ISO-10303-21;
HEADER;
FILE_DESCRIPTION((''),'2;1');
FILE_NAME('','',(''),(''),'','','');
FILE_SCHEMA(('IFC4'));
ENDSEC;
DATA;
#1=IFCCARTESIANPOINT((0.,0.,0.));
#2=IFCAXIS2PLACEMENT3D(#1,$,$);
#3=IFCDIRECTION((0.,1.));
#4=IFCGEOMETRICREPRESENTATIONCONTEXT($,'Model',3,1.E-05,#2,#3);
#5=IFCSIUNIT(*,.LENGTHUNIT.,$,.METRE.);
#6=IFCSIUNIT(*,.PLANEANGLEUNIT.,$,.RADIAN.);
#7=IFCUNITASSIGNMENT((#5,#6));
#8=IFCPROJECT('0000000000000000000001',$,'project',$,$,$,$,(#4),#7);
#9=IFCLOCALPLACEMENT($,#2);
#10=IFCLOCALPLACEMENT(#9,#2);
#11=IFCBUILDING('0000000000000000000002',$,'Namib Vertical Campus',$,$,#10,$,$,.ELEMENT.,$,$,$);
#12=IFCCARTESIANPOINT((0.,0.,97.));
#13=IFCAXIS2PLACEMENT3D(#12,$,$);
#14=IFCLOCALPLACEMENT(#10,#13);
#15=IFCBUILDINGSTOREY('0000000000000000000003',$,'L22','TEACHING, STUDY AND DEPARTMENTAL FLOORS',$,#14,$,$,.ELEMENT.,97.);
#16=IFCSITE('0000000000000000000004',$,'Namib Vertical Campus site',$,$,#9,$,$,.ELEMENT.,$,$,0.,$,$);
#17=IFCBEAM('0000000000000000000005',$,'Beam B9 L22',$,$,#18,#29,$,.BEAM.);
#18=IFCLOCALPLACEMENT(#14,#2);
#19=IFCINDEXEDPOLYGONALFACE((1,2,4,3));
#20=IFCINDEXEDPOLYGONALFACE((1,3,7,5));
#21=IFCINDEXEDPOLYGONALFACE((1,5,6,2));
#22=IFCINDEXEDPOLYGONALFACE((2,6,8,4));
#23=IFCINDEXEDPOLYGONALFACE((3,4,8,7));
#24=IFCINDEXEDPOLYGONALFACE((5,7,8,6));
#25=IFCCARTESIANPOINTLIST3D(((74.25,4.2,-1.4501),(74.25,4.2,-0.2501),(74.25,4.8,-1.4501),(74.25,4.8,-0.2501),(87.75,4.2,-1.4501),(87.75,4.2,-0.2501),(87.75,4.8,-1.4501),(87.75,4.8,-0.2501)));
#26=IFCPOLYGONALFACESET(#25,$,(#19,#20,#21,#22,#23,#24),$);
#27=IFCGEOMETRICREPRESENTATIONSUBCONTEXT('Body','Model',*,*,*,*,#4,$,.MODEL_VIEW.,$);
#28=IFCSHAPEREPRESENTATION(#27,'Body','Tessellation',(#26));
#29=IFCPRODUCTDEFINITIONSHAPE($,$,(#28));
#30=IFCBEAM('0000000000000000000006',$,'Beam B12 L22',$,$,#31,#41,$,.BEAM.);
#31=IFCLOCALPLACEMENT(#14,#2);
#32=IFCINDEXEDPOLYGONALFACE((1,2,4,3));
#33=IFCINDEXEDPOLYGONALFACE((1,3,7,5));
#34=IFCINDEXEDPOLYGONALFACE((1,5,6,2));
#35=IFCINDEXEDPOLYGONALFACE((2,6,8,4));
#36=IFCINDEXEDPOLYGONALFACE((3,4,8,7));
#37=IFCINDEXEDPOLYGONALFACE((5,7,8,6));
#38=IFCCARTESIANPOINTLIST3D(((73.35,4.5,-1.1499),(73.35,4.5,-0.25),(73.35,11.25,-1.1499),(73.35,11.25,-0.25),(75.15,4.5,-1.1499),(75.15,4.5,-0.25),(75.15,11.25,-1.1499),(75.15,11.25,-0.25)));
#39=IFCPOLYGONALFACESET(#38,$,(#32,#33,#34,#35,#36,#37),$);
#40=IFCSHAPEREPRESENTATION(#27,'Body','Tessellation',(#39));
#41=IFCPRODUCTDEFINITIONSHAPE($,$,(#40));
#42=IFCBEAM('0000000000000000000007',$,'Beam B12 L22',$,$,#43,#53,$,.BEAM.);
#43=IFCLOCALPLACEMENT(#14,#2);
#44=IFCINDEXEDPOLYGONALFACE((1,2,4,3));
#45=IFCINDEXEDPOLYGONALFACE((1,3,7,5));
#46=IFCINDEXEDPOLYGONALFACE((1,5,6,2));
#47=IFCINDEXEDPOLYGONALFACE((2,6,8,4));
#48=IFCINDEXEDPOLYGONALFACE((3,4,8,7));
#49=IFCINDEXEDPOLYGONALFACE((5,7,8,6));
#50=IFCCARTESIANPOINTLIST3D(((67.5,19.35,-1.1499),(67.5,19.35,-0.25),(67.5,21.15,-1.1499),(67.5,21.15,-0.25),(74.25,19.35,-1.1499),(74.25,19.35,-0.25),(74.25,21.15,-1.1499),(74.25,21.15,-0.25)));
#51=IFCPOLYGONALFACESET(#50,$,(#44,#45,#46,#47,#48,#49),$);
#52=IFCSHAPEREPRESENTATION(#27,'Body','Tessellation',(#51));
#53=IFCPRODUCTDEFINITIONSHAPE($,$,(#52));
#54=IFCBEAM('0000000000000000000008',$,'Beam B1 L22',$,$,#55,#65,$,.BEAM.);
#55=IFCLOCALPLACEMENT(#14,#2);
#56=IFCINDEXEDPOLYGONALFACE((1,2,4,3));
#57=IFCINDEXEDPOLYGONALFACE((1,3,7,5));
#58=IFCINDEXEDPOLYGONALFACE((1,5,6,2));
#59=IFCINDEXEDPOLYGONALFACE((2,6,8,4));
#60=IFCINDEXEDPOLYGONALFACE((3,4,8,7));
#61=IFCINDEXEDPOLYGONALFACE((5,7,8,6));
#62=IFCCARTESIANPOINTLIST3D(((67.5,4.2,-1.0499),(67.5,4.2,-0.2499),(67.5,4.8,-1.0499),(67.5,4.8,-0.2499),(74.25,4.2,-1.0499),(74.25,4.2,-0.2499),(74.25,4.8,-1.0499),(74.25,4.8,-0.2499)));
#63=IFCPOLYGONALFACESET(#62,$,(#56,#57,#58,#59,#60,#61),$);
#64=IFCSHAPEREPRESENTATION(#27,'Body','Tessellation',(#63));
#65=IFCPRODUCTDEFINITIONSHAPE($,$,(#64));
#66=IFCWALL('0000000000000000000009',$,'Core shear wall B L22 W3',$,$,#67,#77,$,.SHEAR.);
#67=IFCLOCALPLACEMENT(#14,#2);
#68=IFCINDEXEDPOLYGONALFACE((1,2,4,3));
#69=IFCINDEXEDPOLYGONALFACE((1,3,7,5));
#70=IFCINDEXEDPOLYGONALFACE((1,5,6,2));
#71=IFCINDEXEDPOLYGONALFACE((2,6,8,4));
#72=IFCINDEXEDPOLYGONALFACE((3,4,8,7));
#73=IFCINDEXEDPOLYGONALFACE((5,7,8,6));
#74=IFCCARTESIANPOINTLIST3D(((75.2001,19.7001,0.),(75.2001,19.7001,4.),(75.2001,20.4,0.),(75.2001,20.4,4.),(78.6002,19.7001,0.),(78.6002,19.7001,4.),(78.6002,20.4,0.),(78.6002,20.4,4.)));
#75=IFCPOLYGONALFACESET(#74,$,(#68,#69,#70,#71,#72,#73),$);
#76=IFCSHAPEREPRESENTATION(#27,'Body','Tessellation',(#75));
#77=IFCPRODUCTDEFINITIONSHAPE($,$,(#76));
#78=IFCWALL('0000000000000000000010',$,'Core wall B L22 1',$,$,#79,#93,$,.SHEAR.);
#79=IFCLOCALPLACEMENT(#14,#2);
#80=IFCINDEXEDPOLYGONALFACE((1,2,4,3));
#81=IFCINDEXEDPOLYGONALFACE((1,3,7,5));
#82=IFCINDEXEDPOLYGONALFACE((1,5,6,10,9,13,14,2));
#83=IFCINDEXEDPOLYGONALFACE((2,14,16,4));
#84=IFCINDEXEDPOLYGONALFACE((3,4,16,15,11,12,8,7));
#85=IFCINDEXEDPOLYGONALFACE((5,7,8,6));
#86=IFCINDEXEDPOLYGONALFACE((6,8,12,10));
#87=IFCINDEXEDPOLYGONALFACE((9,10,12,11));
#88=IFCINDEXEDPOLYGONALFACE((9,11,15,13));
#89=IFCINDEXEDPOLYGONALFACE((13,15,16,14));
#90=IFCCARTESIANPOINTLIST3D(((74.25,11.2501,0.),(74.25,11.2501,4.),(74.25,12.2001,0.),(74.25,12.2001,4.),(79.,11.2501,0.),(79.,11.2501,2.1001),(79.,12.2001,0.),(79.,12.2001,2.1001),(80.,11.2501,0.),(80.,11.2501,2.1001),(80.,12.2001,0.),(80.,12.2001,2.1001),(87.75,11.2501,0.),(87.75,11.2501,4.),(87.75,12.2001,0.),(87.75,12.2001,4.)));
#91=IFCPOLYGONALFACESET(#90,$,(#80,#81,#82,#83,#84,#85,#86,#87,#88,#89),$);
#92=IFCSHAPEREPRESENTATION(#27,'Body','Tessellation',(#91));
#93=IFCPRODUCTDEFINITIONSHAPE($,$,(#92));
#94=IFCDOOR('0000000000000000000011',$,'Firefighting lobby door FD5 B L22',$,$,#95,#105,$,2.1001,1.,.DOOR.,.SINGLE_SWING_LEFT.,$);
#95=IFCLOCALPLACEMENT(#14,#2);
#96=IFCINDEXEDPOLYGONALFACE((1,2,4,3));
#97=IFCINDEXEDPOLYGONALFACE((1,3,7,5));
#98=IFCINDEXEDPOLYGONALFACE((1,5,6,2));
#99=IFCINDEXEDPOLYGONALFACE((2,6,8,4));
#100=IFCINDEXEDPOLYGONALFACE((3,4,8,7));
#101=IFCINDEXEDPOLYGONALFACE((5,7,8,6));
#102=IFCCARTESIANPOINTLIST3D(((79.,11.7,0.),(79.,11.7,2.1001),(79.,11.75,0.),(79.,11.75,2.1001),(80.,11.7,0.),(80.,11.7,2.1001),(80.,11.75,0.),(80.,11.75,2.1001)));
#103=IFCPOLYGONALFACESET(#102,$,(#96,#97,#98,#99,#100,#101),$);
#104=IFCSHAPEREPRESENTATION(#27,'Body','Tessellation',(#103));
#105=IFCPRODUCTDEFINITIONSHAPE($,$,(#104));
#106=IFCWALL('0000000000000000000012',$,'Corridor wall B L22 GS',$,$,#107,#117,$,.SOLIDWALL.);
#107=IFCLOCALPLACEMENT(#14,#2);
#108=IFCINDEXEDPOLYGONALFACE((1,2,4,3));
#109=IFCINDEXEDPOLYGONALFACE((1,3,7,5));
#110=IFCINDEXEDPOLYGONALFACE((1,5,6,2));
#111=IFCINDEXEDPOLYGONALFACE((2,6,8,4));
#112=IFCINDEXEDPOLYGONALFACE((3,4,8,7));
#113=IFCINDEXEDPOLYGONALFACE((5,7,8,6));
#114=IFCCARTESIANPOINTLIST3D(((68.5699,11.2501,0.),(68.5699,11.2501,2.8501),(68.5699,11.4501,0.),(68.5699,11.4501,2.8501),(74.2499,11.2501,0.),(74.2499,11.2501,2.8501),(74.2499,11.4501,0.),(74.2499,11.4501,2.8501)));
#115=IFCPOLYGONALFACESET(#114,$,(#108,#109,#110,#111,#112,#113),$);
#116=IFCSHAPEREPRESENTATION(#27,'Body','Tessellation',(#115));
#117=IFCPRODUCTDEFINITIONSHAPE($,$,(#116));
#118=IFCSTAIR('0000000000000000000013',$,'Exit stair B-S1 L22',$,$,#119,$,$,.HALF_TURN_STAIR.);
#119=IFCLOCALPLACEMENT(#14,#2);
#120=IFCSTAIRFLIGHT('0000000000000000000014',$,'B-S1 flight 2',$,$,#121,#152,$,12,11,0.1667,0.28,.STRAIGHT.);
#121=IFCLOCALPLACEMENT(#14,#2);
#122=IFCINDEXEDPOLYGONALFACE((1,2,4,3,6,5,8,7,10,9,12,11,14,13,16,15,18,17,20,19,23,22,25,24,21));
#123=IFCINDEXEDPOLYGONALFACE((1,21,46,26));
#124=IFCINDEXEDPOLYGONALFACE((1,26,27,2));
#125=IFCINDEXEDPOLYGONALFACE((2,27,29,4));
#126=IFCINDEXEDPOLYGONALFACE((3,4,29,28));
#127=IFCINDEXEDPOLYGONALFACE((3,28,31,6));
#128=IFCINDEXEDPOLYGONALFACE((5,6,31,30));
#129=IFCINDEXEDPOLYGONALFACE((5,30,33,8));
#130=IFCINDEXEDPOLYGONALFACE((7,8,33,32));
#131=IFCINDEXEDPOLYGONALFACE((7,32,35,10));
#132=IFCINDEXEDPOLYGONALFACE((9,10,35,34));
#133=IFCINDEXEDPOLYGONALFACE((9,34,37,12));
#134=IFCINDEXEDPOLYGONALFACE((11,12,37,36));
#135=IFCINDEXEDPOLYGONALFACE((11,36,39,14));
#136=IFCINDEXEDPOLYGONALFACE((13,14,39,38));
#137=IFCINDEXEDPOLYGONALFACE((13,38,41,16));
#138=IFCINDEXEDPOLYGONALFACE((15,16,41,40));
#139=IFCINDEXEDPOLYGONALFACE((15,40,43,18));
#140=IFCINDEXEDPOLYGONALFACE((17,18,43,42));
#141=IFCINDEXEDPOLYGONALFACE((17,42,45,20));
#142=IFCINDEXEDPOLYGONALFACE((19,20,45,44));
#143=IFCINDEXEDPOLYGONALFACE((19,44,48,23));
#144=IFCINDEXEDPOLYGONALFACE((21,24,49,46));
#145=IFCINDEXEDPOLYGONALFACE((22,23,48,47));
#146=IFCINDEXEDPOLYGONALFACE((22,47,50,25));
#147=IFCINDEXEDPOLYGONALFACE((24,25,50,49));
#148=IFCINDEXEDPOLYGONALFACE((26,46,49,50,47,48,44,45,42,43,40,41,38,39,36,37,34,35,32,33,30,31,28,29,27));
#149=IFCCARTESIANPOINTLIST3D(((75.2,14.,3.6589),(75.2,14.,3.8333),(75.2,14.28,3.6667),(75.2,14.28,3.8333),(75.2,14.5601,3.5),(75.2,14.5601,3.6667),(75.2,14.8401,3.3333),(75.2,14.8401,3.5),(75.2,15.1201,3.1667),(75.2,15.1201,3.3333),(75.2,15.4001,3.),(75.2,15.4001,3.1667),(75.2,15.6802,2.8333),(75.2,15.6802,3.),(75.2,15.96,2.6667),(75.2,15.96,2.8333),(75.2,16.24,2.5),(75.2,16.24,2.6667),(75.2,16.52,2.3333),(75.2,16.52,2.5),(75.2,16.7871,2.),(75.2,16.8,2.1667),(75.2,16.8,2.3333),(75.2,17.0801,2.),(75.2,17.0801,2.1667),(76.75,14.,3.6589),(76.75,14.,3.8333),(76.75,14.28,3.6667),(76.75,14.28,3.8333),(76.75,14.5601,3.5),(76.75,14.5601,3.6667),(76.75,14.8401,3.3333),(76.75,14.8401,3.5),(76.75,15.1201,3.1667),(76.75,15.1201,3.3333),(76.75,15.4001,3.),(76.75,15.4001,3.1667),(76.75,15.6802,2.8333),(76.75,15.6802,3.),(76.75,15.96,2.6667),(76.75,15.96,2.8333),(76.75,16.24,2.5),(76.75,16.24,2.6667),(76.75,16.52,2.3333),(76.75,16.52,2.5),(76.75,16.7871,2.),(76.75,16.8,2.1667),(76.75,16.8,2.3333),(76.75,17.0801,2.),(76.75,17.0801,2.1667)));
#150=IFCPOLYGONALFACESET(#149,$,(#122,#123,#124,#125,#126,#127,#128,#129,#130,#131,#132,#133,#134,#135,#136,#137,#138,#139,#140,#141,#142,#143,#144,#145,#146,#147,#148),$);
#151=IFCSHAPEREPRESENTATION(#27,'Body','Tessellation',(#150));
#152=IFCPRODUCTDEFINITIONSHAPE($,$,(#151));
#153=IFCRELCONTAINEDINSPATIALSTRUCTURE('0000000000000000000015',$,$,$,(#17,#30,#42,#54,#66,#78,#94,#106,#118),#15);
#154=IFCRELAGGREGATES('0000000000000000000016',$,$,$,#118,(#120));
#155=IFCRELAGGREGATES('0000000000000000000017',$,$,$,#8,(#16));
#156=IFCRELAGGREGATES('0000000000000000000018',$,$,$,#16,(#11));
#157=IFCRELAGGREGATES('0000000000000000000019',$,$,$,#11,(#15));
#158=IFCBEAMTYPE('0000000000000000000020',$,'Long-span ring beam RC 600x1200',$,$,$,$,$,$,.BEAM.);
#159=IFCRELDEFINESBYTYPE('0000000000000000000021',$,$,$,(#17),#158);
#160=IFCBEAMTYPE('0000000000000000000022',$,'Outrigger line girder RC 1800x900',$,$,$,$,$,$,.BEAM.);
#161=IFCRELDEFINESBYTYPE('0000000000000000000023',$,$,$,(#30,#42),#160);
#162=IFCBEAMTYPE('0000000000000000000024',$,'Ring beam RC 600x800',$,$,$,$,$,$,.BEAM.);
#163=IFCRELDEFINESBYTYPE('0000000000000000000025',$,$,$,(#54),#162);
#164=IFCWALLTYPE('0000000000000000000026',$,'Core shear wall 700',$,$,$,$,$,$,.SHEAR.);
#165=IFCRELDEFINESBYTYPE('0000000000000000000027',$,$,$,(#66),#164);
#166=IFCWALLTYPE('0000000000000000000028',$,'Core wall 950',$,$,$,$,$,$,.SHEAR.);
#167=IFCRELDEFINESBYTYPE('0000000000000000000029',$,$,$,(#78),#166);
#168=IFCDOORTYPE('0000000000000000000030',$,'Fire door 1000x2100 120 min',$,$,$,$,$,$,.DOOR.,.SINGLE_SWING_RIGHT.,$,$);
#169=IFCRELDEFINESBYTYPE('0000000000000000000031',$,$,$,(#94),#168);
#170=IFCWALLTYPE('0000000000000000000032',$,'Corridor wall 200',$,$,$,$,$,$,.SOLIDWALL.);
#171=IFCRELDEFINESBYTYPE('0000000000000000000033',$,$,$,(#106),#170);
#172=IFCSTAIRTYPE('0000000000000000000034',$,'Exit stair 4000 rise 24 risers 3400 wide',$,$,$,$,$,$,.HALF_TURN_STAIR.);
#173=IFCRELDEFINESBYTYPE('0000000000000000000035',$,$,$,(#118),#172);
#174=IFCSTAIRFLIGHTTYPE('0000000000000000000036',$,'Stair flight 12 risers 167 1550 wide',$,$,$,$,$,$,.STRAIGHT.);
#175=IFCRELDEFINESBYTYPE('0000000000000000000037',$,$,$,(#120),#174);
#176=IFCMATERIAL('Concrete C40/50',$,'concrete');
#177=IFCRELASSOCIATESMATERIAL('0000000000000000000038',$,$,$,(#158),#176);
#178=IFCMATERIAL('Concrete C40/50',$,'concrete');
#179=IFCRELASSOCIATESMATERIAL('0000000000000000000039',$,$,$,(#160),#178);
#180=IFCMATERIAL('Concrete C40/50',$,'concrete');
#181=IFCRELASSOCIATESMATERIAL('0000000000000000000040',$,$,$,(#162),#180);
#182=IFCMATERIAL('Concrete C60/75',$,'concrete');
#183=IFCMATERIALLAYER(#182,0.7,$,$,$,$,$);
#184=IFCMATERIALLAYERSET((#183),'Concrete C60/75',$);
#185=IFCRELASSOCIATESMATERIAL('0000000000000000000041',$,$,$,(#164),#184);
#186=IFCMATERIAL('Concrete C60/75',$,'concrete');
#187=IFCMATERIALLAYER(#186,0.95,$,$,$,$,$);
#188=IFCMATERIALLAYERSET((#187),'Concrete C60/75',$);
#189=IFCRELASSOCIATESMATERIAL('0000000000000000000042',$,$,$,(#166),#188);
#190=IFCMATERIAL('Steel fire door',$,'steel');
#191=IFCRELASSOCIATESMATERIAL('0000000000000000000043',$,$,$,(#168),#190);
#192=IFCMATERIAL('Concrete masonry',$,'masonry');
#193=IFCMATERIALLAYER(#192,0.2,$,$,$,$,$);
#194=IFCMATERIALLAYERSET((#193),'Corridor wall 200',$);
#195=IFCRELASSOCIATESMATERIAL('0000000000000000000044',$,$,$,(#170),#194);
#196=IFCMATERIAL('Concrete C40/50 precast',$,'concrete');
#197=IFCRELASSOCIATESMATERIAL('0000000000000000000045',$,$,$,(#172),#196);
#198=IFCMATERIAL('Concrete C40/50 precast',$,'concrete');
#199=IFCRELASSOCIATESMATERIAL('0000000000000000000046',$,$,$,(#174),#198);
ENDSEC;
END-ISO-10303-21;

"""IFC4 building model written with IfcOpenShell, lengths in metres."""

from ifc_helpers import new_model, si_unit, direction, frame, frame_2d, origin, origin_2d, place, context, subcontext, project, spatial, polyline, rectangle, outline, extrude, material, layer, layer_set, material_profile, profile_set, type_object, element, fill, aggregate, save


model = new_model("IFC4")

# Units and contexts
model_context = context("Model", 3, precision=1e-05, world=origin(), true_north=direction((0.0, 1.0)))
body_context = subcontext(model_context, "Body", "Model", "MODEL_VIEW")
ifc_project = project(units=[si_unit("LENGTHUNIT", "METRE"), si_unit("PLANEANGLEUNIT", "RADIAN")], contexts=[model_context])

# Site, building, storey
site_placement = place(None, origin())
site = spatial("IfcSite", under=ifc_project, at=site_placement, Name="Namib Vertical Campus site", CompositionType="ELEMENT", RefElevation=0.0)
building_placement = place(site_placement, origin())
building = spatial("IfcBuilding", under=site, at=building_placement, Name="Namib Vertical Campus", CompositionType="ELEMENT")
storey_placement = place(building_placement, frame((0.0, 0.0, 97.0)))
storey = spatial("IfcBuildingStorey", under=building, at=storey_placement, Name="L22", Description="TEACHING, STUDY AND DEPARTMENTAL FLOORS", CompositionType="ELEMENT", Elevation=97.0)

# Beams
ifc_material_1 = material(Name="Concrete C40/50", Category="concrete")
ifc_material_profile_1 = material_profile(ifc_material_1, rectangle(XDim=0.6001, YDim=1.2, at=origin_2d()))
ifc_profile_set_1 = profile_set([ifc_material_profile_1], Name="Concrete C40/50")
beam_type_1 = type_object("IfcBeamType", Name="Long-span ring beam RC 600x1200", PredefinedType="BEAM", material=ifc_profile_set_1)
beam_1_placement = place(storey_placement, frame((74.25, 4.5, -0.8501), z_axis=(1.0, 0.0, 0.0), x_axis=(0.0, 1.0, 0.0)))
element("IfcBeam", 1, at=beam_1_placement, inside=storey, type_object=beam_type_1, Name="Beam B9 L22", PredefinedType="BEAM", context=body_context, shape_type="SweptSolid", body=[
    extrude(rectangle(XDim=0.6001, YDim=1.2, at=origin_2d()), origin(), (0.0, 0.0, 1.0), 13.5),
])
ifc_material_2 = material(Name="Concrete C40/50", Category="concrete")
ifc_material_profile_2 = material_profile(ifc_material_2, rectangle(XDim=1.8, YDim=0.8999, at=origin_2d()))
ifc_profile_set_2 = profile_set([ifc_material_profile_2], Name="Concrete C40/50")
beam_type_2 = type_object("IfcBeamType", Name="Outrigger line girder RC 1800x900", PredefinedType="BEAM", material=ifc_profile_set_2)
for number, where, z_axis, x_axis, name in (
    (2, (74.25, 4.5, -0.7), (0.0, 1.0, 0.0), (-1.0, 0.0, 0.0), "Beam B12 L22"),
    (3, (67.5, 20.25, -0.7), (1.0, 0.0, 0.0), (0.0, 1.0, 0.0), "Beam B12 L22"),
):
    element("IfcBeam", number, at=place(storey_placement, frame(where, z_axis=z_axis, x_axis=x_axis)), inside=storey, type_object=beam_type_2, Name=name, PredefinedType="BEAM", context=body_context, shape_type="SweptSolid", body=[
        extrude(rectangle(XDim=1.8, YDim=0.8999, at=origin_2d()), origin(), (0.0, 0.0, 1.0), 6.75),
    ])
ifc_material_3 = material(Name="Concrete C40/50", Category="concrete")
ifc_material_profile_3 = material_profile(ifc_material_3, rectangle(XDim=0.6001, YDim=0.8, at=origin_2d()))
ifc_profile_set_3 = profile_set([ifc_material_profile_3], Name="Concrete C40/50")
beam_type_3 = type_object("IfcBeamType", Name="Ring beam RC 600x800", PredefinedType="BEAM", material=ifc_profile_set_3)
beam_2_placement = place(storey_placement, frame((67.5, 4.5, -0.6499), z_axis=(1.0, 0.0, 0.0), x_axis=(0.0, 1.0, 0.0)))
element("IfcBeam", 4, at=beam_2_placement, inside=storey, type_object=beam_type_3, Name="Beam B1 L22", PredefinedType="BEAM", context=body_context, shape_type="SweptSolid", body=[
    extrude(rectangle(XDim=0.6001, YDim=0.8, at=origin_2d()), origin(), (0.0, 0.0, 1.0), 6.75),
])

# Wall
ifc_material_4 = material(Name="Concrete C60/75", Category="concrete")
ifc_layer_1 = layer(ifc_material_4, 0.7)
ifc_layer_set_1 = layer_set([ifc_layer_1], Name="Concrete C60/75")
wall_type_1 = type_object("IfcWallType", Name="Core shear wall 700", PredefinedType="SHEAR", material=ifc_layer_set_1)
wall_1_placement = place(storey_placement, frame((75.2, 20.05, 0.0), z_axis=(0.0, 0.0, 1.0), x_axis=(1.0, 0.0, 0.0)))
element("IfcWall", 5, at=wall_1_placement, inside=storey, type_object=wall_type_1, Name="Core shear wall B L22 W3", PredefinedType="SHEAR", context=body_context, shape_type="SweptSolid", body=[
    extrude(rectangle(XDim=3.4001, YDim=0.7, at=frame_2d((1.7002, 0.0))), origin(), (0.0, 0.0, 1.0), 4.0),
])

# Wall, opening, door
ifc_material_5 = material(Name="Concrete C60/75", Category="concrete")
ifc_layer_2 = layer(ifc_material_5, 0.95)
ifc_layer_set_2 = layer_set([ifc_layer_2], Name="Concrete C60/75")
wall_type_2 = type_object("IfcWallType", Name="Core wall 950", PredefinedType="SHEAR", material=ifc_layer_set_2)
wall_2_placement = place(storey_placement, frame((74.25, 11.7251, 0.0), z_axis=(0.0, 0.0, 1.0), x_axis=(1.0, 0.0, 0.0)))
wall_2 = element("IfcWall", 6, at=wall_2_placement, inside=storey, type_object=wall_type_2, Name="Core wall B L22 1", PredefinedType="SHEAR", context=body_context, shape_type="SweptSolid", body=[
    extrude(rectangle(XDim=13.5, YDim=0.95, at=frame_2d((6.75, 0.0))), origin(), (0.0, 0.0, 1.0), 4.0),
])
opening_placement = place(wall_2_placement, frame((4.75, 0.0, 0.0)))
opening = element("IfcOpeningElement", 7, at=opening_placement, cuts=wall_2, PredefinedType="OPENING", context=body_context, shape_type="SweptSolid", body=[
    extrude(rectangle(XDim=1.0, YDim=2.1001, at=frame_2d((0.5, 1.05))), frame((0.0, 0.4849, 0.0), z_axis=(0.0, -1.0, 0.0), x_axis=(1.0, 0.0, 0.0)), (0.0, 0.0, 1.0), 0.97),
])
ifc_material_6 = material(Name="Steel fire door", Category="steel")
door_type = type_object("IfcDoorType", Name="Fire door 1000x2100 120 min", OperationType="SINGLE_SWING_RIGHT", PredefinedType="DOOR", material=ifc_material_6)
door_placement = place(opening_placement, origin())
door = element("IfcDoor", 8, at=door_placement, inside=storey, type_object=door_type, Name="Firefighting lobby door FD5 B L22", OperationType="SINGLE_SWING_LEFT", OverallHeight=2.1001, OverallWidth=1.0, PredefinedType="DOOR", context=body_context, shape_type="SweptSolid", body=[
    extrude(rectangle(XDim=1.0, YDim=2.1001, at=frame_2d((0.5, 1.05))), frame((0.0, 0.0249, 0.0), z_axis=(0.0, -1.0, 0.0), x_axis=(1.0, 0.0, 0.0)), (0.0, 0.0, 1.0), 0.05),
])
fill(opening, door)

# Wall
ifc_material_7 = material(Name="Concrete masonry", Category="masonry")
ifc_layer_3 = layer(ifc_material_7, 0.2)
ifc_layer_set_3 = layer_set([ifc_layer_3], Name="Corridor wall 200")
wall_type_3 = type_object("IfcWallType", Name="Corridor wall 200", PredefinedType="SOLIDWALL", material=ifc_layer_set_3)
wall_3_placement = place(storey_placement, frame((68.5701, 11.3501, 0.0), z_axis=(0.0, 0.0, 1.0), x_axis=(1.0, 0.0, 0.0)))
element("IfcWall", 9, at=wall_3_placement, inside=storey, type_object=wall_type_3, Name="Corridor wall B L22 GS", PredefinedType="SOLIDWALL", context=body_context, shape_type="SweptSolid", body=[
    extrude(rectangle(XDim=5.6799, YDim=0.2, at=frame_2d((2.8398, 0.0))), origin(), (0.0, 0.0, 1.0), 2.8501),
])

# Stair, stair flight
ifc_material_8 = material(Name="Concrete C40/50 precast", Category="concrete")
stair_type = type_object("IfcStairType", Name="Exit stair 4000 rise 24 risers 3400 wide", PredefinedType="HALF_TURN_STAIR", material=ifc_material_8)
stair_placement = place(storey_placement, origin())
stair = element("IfcStair", 10, at=stair_placement, inside=storey, type_object=stair_type, Name="Exit stair B-S1 L22", PredefinedType="HALF_TURN_STAIR")
ifc_material_9 = material(Name="Concrete C40/50 precast", Category="concrete")
stair_flight_type = type_object("IfcStairFlightType", Name="Stair flight 12 risers 167 1550 wide", PredefinedType="STRAIGHT", material=ifc_material_9)
stair_flight_placement = place(storey_placement, frame((75.9751, 17.0801, 2.0), z_axis=(0.0, 0.0, 1.0), x_axis=(0.0, -1.0, 0.0)))
stair_flight = element("IfcStairFlight", 11, at=stair_flight_placement, type_object=stair_flight_type, Name="B-S1 flight 2", NumberOfRisers=12, NumberOfTreads=11, PredefinedType="STRAIGHT", RiserHeight=0.1667, TreadLength=0.28, context=body_context, shape_type="SweptSolid", body=[
    extrude(outline(polyline([(0.0, 0.0), (0.0, 0.1667), (0.28, 0.1667), (0.28, 0.3333), (0.5601, 0.3333), (0.5601, 0.5), (0.8401, 0.5), (0.8401, 0.6667), (1.1201, 0.6667), (1.1201, 0.8333), (1.3999, 0.8333), (1.3999, 1.0), (1.6799, 1.0), (1.6799, 1.1667), (1.96, 1.1667), (1.96, 1.3333), (2.24, 1.3333), (2.24, 1.5), (2.52, 1.5), (2.52, 1.6667), (2.8, 1.6667), (2.8, 1.8333), (3.0801, 1.8333), (3.0801, 2.0), (3.0801, 1.6589), (0.293, 0.0), (0.0, 0.0)])), frame((0.0, 0.7749, 0.0), z_axis=(0.0, -1.0, 0.0), x_axis=(1.0, 0.0, 0.0)), (0.0, 0.0, 1.0), 1.55),
])
aggregate(stair, [stair_flight])

save(model, "model.ifc")
